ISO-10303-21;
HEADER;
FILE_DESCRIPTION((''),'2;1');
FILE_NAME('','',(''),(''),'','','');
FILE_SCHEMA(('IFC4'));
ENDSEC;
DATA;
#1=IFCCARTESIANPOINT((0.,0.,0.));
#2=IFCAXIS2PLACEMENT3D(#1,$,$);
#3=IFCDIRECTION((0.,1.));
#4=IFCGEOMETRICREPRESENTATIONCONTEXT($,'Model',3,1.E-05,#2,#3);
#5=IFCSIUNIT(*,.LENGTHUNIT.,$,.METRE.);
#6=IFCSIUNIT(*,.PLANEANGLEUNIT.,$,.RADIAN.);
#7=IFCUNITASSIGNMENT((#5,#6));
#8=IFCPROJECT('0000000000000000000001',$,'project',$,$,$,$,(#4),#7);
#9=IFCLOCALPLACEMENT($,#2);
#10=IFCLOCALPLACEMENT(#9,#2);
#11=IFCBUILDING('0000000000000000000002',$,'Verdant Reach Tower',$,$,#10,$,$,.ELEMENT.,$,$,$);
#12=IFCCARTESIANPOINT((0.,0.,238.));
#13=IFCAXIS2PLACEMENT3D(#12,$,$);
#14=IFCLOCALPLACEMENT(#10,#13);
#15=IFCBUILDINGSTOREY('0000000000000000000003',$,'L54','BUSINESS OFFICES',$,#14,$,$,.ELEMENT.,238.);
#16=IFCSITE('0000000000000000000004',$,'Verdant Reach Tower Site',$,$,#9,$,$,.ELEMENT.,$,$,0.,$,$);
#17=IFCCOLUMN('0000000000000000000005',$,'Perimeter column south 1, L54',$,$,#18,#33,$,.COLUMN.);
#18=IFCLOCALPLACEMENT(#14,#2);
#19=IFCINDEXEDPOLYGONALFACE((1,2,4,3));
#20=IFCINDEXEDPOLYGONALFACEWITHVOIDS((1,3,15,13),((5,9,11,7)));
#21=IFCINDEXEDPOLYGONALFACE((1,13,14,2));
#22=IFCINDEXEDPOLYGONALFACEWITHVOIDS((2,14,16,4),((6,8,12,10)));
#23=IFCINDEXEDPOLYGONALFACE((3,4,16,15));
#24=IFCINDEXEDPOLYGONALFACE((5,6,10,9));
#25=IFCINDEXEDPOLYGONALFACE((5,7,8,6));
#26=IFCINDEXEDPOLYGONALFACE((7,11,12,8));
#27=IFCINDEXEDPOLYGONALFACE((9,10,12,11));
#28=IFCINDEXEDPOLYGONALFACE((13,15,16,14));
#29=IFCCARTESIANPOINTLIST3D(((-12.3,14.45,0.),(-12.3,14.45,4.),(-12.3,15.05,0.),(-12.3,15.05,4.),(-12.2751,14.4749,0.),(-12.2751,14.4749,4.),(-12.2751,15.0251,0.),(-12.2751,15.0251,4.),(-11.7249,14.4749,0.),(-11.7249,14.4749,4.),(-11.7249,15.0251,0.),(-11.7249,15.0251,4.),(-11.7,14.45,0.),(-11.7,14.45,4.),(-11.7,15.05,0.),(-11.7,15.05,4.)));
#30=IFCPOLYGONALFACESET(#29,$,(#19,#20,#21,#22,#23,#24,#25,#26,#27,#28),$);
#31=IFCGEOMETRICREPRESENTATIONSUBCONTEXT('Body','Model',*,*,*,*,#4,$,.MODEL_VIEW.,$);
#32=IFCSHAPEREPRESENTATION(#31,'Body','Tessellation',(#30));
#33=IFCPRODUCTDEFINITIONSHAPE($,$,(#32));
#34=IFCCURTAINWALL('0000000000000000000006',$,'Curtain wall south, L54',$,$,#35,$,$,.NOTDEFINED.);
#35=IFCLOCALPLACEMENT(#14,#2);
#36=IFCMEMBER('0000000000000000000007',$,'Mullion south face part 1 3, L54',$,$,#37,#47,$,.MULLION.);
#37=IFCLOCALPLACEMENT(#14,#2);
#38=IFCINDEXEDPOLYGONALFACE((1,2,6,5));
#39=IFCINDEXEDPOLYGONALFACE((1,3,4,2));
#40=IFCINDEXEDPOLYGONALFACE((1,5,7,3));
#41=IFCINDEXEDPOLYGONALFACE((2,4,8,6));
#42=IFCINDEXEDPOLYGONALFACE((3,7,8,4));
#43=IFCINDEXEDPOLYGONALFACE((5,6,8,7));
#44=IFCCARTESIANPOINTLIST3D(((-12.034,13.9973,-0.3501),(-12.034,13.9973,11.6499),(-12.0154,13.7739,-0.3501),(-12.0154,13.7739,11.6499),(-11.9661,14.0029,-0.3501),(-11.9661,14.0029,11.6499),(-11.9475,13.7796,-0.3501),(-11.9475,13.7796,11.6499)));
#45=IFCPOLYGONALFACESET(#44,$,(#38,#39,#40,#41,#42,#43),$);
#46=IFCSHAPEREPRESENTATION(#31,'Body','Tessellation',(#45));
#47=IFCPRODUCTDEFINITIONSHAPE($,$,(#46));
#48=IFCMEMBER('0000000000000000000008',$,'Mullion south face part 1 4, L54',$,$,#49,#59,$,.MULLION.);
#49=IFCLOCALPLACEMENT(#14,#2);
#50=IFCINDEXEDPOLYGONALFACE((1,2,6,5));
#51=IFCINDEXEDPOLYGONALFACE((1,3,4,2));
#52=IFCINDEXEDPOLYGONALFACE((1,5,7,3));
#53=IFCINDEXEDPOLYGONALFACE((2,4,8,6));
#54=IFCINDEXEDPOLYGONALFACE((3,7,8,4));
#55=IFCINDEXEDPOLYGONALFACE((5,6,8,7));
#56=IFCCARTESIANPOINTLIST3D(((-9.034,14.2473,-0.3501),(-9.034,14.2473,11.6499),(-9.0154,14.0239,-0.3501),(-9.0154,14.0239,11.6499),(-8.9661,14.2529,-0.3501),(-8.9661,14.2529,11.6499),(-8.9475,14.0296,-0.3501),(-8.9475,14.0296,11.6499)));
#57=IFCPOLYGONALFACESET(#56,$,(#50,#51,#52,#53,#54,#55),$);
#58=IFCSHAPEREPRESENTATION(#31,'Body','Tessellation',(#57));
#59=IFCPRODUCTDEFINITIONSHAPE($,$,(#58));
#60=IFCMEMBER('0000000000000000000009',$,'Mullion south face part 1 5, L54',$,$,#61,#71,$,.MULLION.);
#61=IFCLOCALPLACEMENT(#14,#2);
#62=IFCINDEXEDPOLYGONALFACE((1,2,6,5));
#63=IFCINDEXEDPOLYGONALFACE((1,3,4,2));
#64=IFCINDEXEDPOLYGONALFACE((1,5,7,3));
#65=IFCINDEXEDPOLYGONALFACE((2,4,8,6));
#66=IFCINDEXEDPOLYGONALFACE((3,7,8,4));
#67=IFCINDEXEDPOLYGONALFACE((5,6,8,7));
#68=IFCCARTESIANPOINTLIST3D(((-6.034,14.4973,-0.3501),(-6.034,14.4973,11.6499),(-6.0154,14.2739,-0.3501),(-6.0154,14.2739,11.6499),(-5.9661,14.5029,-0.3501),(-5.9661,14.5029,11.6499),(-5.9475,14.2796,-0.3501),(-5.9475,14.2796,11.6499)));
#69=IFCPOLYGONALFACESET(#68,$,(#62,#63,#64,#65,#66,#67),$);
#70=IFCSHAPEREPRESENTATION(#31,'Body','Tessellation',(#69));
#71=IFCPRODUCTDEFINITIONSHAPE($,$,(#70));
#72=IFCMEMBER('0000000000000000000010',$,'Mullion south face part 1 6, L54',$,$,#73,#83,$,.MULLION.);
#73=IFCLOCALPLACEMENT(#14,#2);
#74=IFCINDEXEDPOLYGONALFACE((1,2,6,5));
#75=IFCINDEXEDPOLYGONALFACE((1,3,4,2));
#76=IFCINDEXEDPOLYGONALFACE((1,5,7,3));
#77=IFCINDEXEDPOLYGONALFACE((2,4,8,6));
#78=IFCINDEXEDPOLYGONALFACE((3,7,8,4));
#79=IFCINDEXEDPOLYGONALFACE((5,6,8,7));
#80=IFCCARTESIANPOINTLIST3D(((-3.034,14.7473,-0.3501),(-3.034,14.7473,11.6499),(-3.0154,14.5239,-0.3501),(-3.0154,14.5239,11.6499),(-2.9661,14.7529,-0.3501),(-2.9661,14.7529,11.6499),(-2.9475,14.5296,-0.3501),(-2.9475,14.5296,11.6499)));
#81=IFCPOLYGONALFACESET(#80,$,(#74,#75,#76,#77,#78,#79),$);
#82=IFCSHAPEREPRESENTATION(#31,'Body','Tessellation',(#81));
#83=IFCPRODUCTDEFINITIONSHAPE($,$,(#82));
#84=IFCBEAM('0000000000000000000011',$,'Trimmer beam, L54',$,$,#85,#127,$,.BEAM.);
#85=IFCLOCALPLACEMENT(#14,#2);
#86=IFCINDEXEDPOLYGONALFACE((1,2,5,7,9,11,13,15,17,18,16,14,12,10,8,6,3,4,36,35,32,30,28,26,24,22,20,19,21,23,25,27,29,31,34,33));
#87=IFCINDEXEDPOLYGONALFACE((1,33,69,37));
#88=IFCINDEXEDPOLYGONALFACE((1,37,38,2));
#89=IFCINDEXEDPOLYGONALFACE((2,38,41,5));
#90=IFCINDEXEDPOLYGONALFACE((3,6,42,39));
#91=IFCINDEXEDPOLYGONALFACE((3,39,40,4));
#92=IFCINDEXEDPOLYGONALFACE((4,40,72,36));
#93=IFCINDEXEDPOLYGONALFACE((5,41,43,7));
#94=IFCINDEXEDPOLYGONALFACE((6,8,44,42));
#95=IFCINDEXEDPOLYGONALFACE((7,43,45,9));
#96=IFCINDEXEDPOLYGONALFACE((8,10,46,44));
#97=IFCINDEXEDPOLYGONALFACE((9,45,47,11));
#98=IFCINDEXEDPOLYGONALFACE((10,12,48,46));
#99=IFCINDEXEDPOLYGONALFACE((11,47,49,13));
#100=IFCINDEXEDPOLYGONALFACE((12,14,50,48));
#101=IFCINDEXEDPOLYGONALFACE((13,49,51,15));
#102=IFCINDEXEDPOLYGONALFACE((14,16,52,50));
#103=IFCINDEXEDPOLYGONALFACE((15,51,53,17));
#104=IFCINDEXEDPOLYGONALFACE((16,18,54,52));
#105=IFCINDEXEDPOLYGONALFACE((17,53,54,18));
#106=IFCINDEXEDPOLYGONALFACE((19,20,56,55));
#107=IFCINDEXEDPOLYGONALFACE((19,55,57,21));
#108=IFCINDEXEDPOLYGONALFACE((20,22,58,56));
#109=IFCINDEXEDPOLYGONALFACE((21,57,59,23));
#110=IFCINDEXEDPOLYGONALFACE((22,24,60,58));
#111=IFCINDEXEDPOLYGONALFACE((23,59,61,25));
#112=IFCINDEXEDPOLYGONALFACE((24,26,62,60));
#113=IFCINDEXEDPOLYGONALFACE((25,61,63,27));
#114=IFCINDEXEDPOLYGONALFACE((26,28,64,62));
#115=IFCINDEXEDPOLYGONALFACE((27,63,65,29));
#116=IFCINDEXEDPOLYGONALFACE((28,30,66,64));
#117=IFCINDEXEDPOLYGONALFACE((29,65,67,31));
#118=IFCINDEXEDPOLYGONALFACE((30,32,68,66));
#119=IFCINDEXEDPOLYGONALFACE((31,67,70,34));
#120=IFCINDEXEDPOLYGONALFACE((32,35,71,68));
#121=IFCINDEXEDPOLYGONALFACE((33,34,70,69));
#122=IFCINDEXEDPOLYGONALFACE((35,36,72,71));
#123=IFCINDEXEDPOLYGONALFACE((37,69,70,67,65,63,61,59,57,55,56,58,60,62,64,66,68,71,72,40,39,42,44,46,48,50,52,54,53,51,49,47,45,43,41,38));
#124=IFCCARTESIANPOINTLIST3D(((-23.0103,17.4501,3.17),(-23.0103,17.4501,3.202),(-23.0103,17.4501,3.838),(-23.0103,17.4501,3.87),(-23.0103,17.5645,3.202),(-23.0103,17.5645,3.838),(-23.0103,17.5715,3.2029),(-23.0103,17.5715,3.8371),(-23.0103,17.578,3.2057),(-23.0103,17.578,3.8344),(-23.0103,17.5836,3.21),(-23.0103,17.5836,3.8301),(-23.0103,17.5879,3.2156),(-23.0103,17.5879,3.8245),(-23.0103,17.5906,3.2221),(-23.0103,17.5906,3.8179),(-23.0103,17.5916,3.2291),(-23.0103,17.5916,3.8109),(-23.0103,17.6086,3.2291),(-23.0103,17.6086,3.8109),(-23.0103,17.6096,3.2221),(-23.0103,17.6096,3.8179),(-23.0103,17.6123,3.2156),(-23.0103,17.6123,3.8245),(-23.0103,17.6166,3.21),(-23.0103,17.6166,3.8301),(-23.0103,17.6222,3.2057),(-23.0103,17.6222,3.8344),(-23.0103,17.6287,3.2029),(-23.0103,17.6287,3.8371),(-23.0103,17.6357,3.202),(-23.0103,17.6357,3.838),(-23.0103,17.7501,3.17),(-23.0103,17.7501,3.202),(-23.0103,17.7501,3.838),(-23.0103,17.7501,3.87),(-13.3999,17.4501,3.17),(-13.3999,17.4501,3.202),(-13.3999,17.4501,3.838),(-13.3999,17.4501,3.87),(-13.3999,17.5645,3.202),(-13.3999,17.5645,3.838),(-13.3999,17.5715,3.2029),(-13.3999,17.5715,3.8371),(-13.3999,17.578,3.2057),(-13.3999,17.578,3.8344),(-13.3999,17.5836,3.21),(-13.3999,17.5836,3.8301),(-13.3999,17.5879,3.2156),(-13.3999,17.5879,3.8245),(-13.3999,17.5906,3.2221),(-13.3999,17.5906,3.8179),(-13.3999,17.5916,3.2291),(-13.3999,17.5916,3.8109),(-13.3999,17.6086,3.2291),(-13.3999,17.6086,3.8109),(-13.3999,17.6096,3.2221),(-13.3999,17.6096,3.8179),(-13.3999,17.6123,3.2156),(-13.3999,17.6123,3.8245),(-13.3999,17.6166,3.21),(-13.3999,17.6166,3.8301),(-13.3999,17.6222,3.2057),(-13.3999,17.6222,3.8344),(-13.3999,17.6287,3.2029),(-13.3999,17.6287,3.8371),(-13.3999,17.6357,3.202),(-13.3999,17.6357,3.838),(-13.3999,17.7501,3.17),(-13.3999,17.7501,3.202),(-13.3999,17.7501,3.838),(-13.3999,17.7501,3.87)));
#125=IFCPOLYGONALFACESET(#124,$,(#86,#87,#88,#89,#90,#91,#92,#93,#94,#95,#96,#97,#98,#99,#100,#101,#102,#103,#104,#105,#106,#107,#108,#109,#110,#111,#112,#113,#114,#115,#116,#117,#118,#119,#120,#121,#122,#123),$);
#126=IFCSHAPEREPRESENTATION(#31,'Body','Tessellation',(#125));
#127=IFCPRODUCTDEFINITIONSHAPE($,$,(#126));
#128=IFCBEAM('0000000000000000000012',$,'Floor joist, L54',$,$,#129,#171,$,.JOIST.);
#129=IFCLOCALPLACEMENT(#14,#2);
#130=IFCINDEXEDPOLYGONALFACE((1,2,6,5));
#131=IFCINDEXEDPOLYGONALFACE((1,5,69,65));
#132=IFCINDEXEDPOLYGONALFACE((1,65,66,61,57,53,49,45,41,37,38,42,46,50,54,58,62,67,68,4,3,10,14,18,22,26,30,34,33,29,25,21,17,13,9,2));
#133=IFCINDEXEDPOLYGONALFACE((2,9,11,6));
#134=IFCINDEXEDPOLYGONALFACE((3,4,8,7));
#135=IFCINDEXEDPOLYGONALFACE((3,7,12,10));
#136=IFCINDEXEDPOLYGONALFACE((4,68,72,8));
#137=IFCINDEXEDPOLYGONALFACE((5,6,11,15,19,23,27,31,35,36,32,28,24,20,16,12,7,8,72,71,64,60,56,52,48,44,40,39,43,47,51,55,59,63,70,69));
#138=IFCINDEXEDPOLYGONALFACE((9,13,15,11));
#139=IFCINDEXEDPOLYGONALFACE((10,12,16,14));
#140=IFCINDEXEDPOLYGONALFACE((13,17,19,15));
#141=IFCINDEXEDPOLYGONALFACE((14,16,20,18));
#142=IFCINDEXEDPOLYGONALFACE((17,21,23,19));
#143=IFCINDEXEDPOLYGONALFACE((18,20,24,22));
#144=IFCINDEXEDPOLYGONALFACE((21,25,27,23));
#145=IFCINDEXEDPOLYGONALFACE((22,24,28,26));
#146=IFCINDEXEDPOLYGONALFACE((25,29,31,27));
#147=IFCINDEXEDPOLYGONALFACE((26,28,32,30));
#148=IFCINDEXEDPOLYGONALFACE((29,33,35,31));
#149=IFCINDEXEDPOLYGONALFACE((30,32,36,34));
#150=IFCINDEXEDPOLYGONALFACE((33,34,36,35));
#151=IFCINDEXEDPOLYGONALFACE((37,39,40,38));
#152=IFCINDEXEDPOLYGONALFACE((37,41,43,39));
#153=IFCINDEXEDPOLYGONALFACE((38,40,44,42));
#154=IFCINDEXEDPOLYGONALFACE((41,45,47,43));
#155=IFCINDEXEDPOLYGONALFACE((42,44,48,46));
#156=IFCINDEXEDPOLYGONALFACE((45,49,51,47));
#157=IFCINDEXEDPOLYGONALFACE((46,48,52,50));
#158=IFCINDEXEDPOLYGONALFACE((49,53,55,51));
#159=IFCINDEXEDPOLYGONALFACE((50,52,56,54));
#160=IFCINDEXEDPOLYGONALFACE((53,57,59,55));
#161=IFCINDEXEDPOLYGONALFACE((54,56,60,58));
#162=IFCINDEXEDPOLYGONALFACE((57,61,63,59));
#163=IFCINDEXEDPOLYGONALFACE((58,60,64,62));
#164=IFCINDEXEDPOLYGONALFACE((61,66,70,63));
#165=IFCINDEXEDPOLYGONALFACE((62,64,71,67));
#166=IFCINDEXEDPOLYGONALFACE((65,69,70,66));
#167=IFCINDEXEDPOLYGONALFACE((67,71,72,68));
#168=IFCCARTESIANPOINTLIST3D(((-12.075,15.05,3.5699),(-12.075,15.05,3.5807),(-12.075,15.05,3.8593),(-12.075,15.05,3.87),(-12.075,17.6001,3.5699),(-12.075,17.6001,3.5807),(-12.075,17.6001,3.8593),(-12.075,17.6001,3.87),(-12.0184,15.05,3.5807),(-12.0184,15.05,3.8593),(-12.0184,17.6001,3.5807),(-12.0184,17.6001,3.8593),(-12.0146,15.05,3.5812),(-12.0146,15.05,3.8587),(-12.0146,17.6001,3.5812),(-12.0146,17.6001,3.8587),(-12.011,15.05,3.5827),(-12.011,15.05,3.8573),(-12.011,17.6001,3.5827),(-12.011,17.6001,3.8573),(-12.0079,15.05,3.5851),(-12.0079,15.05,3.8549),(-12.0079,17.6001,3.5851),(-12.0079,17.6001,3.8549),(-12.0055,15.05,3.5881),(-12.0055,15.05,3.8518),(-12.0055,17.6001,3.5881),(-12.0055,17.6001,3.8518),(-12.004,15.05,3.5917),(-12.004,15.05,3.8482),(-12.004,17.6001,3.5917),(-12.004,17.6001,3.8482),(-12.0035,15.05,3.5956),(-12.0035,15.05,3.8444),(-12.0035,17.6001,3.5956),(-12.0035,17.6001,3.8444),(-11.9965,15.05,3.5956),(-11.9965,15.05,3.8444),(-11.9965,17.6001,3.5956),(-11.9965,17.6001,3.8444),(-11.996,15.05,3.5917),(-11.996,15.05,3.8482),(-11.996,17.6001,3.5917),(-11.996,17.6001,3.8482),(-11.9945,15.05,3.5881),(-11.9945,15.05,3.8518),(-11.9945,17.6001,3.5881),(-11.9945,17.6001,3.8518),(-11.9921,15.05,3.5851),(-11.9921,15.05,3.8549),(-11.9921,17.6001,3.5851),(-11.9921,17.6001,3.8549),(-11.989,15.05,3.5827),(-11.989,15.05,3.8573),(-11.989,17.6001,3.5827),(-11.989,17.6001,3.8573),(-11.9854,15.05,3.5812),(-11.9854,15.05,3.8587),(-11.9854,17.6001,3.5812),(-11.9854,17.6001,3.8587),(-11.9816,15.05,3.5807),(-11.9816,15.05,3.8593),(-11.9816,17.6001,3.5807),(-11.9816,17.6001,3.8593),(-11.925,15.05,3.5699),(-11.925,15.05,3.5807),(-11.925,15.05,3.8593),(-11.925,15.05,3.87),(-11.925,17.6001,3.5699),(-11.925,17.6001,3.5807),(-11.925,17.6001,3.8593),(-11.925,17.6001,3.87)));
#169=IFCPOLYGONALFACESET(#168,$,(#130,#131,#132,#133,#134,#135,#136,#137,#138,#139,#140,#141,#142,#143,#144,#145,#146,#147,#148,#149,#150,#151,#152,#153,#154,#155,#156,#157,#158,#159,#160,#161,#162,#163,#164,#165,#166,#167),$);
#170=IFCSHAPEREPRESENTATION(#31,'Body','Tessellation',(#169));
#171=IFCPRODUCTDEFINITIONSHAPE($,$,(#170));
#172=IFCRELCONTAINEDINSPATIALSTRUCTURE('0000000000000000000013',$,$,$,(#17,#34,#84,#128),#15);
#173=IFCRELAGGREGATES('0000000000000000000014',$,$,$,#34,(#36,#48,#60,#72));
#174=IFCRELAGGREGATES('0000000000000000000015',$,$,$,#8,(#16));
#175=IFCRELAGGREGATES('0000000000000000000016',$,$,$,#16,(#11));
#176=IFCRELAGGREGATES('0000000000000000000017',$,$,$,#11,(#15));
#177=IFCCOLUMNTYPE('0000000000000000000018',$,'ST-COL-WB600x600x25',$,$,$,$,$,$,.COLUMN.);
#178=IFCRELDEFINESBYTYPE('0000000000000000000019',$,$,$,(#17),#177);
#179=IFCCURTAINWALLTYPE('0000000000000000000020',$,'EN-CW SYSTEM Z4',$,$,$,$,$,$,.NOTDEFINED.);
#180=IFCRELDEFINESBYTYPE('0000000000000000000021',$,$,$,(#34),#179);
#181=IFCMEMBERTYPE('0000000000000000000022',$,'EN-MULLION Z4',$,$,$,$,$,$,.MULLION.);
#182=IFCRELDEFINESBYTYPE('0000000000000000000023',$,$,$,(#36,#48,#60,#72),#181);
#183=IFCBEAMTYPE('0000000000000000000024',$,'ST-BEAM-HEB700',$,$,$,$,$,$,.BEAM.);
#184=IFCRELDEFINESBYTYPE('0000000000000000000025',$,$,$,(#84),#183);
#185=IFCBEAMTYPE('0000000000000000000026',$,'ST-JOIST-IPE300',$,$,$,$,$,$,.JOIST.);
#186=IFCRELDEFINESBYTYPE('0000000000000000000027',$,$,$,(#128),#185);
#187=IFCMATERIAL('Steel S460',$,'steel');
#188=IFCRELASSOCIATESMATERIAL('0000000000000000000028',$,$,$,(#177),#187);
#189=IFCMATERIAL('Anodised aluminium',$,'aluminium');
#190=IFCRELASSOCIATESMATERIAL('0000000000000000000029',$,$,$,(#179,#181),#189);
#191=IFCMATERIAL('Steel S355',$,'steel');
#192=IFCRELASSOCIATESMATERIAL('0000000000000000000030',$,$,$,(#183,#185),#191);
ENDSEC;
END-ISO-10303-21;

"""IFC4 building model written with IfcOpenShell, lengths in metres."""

from ifc_helpers import new_model, si_unit, direction, frame, origin, origin_2d, place, context, subcontext, project, spatial, rectangle, hollow_rectangle, i_section, extrude, material, material_profile, profile_set, type_object, element, aggregate, save


model = new_model("IFC4")

# Units and contexts
model_context = context("Model", 3, precision=1e-05, world=origin(), true_north=direction((0.0, 1.0)))
body_context = subcontext(model_context, "Body", "Model", "MODEL_VIEW")
ifc_project = project(units=[si_unit("LENGTHUNIT", "METRE"), si_unit("PLANEANGLEUNIT", "RADIAN")], contexts=[model_context])

# Site, building, storey
site_placement = place(None, origin())
site = spatial("IfcSite", under=ifc_project, at=site_placement, Name="Verdant Reach Tower Site", CompositionType="ELEMENT", RefElevation=0.0)
building_placement = place(site_placement, origin())
building = spatial("IfcBuilding", under=site, at=building_placement, Name="Verdant Reach Tower", CompositionType="ELEMENT")
storey_placement = place(building_placement, frame((0.0, 0.0, 238.0)))
storey = spatial("IfcBuildingStorey", under=building, at=storey_placement, Name="L54", Description="BUSINESS OFFICES", CompositionType="ELEMENT", Elevation=238.0)

# Column
ifc_material_1 = material(Name="Steel S460", Category="steel")
ifc_material_profile_1 = material_profile(ifc_material_1, hollow_rectangle(XDim=0.6001, YDim=0.6001, WallThickness=0.0249, at=origin_2d()), Name="WB 600x600x25")
ifc_profile_set_1 = profile_set([ifc_material_profile_1], Name="Steel S460")
column_type = type_object("IfcColumnType", Name="ST-COL-WB600x600x25", PredefinedType="COLUMN", material=ifc_profile_set_1)
column_placement = place(storey_placement, frame((-12.0, 14.75, 0.0), z_axis=(0.0, 0.0, 1.0), x_axis=(1.0, 0.0, 0.0)))
element("IfcColumn", 1, at=column_placement, inside=storey, type_object=column_type, Name="Perimeter column south 1, L54", PredefinedType="COLUMN", context=body_context, shape_type="SweptSolid", body=[
    extrude(hollow_rectangle(XDim=0.6001, YDim=0.6001, WallThickness=0.0249, at=origin_2d()), origin(), (0.0, 0.0, 1.0), 4.0),
])

# Curtain wall, members
ifc_material_2 = material(Name="Anodised aluminium", Category="aluminium")
curtain_wall_type = type_object("IfcCurtainWallType", Name="EN-CW SYSTEM Z4", PredefinedType="NOTDEFINED", material=ifc_material_2)
curtain_wall_placement = place(storey_placement, origin())
curtain_wall = element("IfcCurtainWall", 2, at=curtain_wall_placement, inside=storey, type_object=curtain_wall_type, Name="Curtain wall south, L54", PredefinedType="NOTDEFINED")
ifc_material_profile_2 = material_profile(ifc_material_2, rectangle(XDim=0.2241, YDim=0.0681, at=origin_2d()), Name="Mullion 68x224")
ifc_profile_set_2 = profile_set([ifc_material_profile_2], Name="Anodised aluminium")
member_type = type_object("IfcMemberType", Name="EN-MULLION Z4", PredefinedType="MULLION", material=ifc_profile_set_2)
member_1_placement = place(storey_placement, frame((-11.9907, 13.8884, -0.3501), z_axis=(0.0, 0.0, 1.0), x_axis=(0.083045, -0.996546, 0.0)))
member_1 = element("IfcMember", 3, at=member_1_placement, type_object=member_type, Name="Mullion south face part 1 3, L54", PredefinedType="MULLION", context=body_context, shape_type="SweptSolid", body=[
    extrude(rectangle(XDim=0.2241, YDim=0.0681, at=origin_2d()), origin(), (0.0, 0.0, 1.0), 12.0),
])
member_2_placement = place(storey_placement, frame((-8.9907, 14.1384, -0.3501), z_axis=(0.0, 0.0, 1.0), x_axis=(0.083045, -0.996546, 0.0)))
member_2 = element("IfcMember", 4, at=member_2_placement, type_object=member_type, Name="Mullion south face part 1 4, L54", PredefinedType="MULLION", context=body_context, shape_type="SweptSolid", body=[
    extrude(rectangle(XDim=0.2241, YDim=0.0681, at=origin_2d()), origin(), (0.0, 0.0, 1.0), 12.0),
])
member_3_placement = place(storey_placement, frame((-5.9907, 14.3884, -0.3501), z_axis=(0.0, 0.0, 1.0), x_axis=(0.083045, -0.996546, 0.0)))
member_3 = element("IfcMember", 5, at=member_3_placement, type_object=member_type, Name="Mullion south face part 1 5, L54", PredefinedType="MULLION", context=body_context, shape_type="SweptSolid", body=[
    extrude(rectangle(XDim=0.2241, YDim=0.0681, at=origin_2d()), origin(), (0.0, 0.0, 1.0), 12.0),
])
member_4_placement = place(storey_placement, frame((-2.9907, 14.6384, -0.3501), z_axis=(0.0, 0.0, 1.0), x_axis=(0.083045, -0.996546, 0.0)))
member_4 = element("IfcMember", 6, at=member_4_placement, type_object=member_type, Name="Mullion south face part 1 6, L54", PredefinedType="MULLION", context=body_context, shape_type="SweptSolid", body=[
    extrude(rectangle(XDim=0.2241, YDim=0.0681, at=origin_2d()), origin(), (0.0, 0.0, 1.0), 12.0),
])

# Beams
ifc_material_3 = material(Name="Steel S355", Category="steel")
ifc_material_profile_3 = material_profile(ifc_material_3, i_section(OverallWidth=0.3, OverallDepth=0.7, WebThickness=0.0171, FlangeThickness=0.032, FilletRadius=0.0271, at=origin_2d()), Name="HEB 700")
ifc_profile_set_3 = profile_set([ifc_material_profile_3], Name="Steel S355")
beam_type_1 = type_object("IfcBeamType", Name="ST-BEAM-HEB700", PredefinedType="BEAM", material=ifc_profile_set_3)
beam_1_placement = place(storey_placement, frame((-13.3999, 17.6001, 3.52), z_axis=(-1.0, 0.0, 0.0), x_axis=(0.0, -1.0, 0.0)))
element("IfcBeam", 7, at=beam_1_placement, inside=storey, type_object=beam_type_1, Name="Trimmer beam, L54", PredefinedType="BEAM", context=body_context, shape_type="SweptSolid", body=[
    extrude(i_section(OverallWidth=0.3, OverallDepth=0.7, WebThickness=0.0171, FlangeThickness=0.032, FilletRadius=0.0271, at=origin_2d()), origin(), (0.0, 0.0, 1.0), 9.6104),
])
ifc_material_profile_4 = material_profile(ifc_material_3, i_section(OverallWidth=0.1499, OverallDepth=0.3, WebThickness=0.0071, FlangeThickness=0.0107, FilletRadius=0.0149, at=origin_2d()), Name="IPE 300")
ifc_profile_set_4 = profile_set([ifc_material_profile_4], Name="Steel S355")
beam_type_2 = type_object("IfcBeamType", Name="ST-JOIST-IPE300", PredefinedType="JOIST", material=ifc_profile_set_4)
beam_2_placement = place(storey_placement, frame((-12.0, 17.6001, 3.72), z_axis=(0.0, -1.0, 0.0), x_axis=(1.0, 0.0, 0.0)))
element("IfcBeam", 8, at=beam_2_placement, inside=storey, type_object=beam_type_2, Name="Floor joist, L54", PredefinedType="JOIST", context=body_context, shape_type="SweptSolid", body=[
    extrude(i_section(OverallWidth=0.1499, OverallDepth=0.3, WebThickness=0.0071, FlangeThickness=0.0107, FilletRadius=0.0149, at=origin_2d()), origin(), (0.0, 0.0, 1.0), 2.55),
])

aggregate(curtain_wall, [member_1, member_2, member_3, member_4])

save(model, "model.ifc")
